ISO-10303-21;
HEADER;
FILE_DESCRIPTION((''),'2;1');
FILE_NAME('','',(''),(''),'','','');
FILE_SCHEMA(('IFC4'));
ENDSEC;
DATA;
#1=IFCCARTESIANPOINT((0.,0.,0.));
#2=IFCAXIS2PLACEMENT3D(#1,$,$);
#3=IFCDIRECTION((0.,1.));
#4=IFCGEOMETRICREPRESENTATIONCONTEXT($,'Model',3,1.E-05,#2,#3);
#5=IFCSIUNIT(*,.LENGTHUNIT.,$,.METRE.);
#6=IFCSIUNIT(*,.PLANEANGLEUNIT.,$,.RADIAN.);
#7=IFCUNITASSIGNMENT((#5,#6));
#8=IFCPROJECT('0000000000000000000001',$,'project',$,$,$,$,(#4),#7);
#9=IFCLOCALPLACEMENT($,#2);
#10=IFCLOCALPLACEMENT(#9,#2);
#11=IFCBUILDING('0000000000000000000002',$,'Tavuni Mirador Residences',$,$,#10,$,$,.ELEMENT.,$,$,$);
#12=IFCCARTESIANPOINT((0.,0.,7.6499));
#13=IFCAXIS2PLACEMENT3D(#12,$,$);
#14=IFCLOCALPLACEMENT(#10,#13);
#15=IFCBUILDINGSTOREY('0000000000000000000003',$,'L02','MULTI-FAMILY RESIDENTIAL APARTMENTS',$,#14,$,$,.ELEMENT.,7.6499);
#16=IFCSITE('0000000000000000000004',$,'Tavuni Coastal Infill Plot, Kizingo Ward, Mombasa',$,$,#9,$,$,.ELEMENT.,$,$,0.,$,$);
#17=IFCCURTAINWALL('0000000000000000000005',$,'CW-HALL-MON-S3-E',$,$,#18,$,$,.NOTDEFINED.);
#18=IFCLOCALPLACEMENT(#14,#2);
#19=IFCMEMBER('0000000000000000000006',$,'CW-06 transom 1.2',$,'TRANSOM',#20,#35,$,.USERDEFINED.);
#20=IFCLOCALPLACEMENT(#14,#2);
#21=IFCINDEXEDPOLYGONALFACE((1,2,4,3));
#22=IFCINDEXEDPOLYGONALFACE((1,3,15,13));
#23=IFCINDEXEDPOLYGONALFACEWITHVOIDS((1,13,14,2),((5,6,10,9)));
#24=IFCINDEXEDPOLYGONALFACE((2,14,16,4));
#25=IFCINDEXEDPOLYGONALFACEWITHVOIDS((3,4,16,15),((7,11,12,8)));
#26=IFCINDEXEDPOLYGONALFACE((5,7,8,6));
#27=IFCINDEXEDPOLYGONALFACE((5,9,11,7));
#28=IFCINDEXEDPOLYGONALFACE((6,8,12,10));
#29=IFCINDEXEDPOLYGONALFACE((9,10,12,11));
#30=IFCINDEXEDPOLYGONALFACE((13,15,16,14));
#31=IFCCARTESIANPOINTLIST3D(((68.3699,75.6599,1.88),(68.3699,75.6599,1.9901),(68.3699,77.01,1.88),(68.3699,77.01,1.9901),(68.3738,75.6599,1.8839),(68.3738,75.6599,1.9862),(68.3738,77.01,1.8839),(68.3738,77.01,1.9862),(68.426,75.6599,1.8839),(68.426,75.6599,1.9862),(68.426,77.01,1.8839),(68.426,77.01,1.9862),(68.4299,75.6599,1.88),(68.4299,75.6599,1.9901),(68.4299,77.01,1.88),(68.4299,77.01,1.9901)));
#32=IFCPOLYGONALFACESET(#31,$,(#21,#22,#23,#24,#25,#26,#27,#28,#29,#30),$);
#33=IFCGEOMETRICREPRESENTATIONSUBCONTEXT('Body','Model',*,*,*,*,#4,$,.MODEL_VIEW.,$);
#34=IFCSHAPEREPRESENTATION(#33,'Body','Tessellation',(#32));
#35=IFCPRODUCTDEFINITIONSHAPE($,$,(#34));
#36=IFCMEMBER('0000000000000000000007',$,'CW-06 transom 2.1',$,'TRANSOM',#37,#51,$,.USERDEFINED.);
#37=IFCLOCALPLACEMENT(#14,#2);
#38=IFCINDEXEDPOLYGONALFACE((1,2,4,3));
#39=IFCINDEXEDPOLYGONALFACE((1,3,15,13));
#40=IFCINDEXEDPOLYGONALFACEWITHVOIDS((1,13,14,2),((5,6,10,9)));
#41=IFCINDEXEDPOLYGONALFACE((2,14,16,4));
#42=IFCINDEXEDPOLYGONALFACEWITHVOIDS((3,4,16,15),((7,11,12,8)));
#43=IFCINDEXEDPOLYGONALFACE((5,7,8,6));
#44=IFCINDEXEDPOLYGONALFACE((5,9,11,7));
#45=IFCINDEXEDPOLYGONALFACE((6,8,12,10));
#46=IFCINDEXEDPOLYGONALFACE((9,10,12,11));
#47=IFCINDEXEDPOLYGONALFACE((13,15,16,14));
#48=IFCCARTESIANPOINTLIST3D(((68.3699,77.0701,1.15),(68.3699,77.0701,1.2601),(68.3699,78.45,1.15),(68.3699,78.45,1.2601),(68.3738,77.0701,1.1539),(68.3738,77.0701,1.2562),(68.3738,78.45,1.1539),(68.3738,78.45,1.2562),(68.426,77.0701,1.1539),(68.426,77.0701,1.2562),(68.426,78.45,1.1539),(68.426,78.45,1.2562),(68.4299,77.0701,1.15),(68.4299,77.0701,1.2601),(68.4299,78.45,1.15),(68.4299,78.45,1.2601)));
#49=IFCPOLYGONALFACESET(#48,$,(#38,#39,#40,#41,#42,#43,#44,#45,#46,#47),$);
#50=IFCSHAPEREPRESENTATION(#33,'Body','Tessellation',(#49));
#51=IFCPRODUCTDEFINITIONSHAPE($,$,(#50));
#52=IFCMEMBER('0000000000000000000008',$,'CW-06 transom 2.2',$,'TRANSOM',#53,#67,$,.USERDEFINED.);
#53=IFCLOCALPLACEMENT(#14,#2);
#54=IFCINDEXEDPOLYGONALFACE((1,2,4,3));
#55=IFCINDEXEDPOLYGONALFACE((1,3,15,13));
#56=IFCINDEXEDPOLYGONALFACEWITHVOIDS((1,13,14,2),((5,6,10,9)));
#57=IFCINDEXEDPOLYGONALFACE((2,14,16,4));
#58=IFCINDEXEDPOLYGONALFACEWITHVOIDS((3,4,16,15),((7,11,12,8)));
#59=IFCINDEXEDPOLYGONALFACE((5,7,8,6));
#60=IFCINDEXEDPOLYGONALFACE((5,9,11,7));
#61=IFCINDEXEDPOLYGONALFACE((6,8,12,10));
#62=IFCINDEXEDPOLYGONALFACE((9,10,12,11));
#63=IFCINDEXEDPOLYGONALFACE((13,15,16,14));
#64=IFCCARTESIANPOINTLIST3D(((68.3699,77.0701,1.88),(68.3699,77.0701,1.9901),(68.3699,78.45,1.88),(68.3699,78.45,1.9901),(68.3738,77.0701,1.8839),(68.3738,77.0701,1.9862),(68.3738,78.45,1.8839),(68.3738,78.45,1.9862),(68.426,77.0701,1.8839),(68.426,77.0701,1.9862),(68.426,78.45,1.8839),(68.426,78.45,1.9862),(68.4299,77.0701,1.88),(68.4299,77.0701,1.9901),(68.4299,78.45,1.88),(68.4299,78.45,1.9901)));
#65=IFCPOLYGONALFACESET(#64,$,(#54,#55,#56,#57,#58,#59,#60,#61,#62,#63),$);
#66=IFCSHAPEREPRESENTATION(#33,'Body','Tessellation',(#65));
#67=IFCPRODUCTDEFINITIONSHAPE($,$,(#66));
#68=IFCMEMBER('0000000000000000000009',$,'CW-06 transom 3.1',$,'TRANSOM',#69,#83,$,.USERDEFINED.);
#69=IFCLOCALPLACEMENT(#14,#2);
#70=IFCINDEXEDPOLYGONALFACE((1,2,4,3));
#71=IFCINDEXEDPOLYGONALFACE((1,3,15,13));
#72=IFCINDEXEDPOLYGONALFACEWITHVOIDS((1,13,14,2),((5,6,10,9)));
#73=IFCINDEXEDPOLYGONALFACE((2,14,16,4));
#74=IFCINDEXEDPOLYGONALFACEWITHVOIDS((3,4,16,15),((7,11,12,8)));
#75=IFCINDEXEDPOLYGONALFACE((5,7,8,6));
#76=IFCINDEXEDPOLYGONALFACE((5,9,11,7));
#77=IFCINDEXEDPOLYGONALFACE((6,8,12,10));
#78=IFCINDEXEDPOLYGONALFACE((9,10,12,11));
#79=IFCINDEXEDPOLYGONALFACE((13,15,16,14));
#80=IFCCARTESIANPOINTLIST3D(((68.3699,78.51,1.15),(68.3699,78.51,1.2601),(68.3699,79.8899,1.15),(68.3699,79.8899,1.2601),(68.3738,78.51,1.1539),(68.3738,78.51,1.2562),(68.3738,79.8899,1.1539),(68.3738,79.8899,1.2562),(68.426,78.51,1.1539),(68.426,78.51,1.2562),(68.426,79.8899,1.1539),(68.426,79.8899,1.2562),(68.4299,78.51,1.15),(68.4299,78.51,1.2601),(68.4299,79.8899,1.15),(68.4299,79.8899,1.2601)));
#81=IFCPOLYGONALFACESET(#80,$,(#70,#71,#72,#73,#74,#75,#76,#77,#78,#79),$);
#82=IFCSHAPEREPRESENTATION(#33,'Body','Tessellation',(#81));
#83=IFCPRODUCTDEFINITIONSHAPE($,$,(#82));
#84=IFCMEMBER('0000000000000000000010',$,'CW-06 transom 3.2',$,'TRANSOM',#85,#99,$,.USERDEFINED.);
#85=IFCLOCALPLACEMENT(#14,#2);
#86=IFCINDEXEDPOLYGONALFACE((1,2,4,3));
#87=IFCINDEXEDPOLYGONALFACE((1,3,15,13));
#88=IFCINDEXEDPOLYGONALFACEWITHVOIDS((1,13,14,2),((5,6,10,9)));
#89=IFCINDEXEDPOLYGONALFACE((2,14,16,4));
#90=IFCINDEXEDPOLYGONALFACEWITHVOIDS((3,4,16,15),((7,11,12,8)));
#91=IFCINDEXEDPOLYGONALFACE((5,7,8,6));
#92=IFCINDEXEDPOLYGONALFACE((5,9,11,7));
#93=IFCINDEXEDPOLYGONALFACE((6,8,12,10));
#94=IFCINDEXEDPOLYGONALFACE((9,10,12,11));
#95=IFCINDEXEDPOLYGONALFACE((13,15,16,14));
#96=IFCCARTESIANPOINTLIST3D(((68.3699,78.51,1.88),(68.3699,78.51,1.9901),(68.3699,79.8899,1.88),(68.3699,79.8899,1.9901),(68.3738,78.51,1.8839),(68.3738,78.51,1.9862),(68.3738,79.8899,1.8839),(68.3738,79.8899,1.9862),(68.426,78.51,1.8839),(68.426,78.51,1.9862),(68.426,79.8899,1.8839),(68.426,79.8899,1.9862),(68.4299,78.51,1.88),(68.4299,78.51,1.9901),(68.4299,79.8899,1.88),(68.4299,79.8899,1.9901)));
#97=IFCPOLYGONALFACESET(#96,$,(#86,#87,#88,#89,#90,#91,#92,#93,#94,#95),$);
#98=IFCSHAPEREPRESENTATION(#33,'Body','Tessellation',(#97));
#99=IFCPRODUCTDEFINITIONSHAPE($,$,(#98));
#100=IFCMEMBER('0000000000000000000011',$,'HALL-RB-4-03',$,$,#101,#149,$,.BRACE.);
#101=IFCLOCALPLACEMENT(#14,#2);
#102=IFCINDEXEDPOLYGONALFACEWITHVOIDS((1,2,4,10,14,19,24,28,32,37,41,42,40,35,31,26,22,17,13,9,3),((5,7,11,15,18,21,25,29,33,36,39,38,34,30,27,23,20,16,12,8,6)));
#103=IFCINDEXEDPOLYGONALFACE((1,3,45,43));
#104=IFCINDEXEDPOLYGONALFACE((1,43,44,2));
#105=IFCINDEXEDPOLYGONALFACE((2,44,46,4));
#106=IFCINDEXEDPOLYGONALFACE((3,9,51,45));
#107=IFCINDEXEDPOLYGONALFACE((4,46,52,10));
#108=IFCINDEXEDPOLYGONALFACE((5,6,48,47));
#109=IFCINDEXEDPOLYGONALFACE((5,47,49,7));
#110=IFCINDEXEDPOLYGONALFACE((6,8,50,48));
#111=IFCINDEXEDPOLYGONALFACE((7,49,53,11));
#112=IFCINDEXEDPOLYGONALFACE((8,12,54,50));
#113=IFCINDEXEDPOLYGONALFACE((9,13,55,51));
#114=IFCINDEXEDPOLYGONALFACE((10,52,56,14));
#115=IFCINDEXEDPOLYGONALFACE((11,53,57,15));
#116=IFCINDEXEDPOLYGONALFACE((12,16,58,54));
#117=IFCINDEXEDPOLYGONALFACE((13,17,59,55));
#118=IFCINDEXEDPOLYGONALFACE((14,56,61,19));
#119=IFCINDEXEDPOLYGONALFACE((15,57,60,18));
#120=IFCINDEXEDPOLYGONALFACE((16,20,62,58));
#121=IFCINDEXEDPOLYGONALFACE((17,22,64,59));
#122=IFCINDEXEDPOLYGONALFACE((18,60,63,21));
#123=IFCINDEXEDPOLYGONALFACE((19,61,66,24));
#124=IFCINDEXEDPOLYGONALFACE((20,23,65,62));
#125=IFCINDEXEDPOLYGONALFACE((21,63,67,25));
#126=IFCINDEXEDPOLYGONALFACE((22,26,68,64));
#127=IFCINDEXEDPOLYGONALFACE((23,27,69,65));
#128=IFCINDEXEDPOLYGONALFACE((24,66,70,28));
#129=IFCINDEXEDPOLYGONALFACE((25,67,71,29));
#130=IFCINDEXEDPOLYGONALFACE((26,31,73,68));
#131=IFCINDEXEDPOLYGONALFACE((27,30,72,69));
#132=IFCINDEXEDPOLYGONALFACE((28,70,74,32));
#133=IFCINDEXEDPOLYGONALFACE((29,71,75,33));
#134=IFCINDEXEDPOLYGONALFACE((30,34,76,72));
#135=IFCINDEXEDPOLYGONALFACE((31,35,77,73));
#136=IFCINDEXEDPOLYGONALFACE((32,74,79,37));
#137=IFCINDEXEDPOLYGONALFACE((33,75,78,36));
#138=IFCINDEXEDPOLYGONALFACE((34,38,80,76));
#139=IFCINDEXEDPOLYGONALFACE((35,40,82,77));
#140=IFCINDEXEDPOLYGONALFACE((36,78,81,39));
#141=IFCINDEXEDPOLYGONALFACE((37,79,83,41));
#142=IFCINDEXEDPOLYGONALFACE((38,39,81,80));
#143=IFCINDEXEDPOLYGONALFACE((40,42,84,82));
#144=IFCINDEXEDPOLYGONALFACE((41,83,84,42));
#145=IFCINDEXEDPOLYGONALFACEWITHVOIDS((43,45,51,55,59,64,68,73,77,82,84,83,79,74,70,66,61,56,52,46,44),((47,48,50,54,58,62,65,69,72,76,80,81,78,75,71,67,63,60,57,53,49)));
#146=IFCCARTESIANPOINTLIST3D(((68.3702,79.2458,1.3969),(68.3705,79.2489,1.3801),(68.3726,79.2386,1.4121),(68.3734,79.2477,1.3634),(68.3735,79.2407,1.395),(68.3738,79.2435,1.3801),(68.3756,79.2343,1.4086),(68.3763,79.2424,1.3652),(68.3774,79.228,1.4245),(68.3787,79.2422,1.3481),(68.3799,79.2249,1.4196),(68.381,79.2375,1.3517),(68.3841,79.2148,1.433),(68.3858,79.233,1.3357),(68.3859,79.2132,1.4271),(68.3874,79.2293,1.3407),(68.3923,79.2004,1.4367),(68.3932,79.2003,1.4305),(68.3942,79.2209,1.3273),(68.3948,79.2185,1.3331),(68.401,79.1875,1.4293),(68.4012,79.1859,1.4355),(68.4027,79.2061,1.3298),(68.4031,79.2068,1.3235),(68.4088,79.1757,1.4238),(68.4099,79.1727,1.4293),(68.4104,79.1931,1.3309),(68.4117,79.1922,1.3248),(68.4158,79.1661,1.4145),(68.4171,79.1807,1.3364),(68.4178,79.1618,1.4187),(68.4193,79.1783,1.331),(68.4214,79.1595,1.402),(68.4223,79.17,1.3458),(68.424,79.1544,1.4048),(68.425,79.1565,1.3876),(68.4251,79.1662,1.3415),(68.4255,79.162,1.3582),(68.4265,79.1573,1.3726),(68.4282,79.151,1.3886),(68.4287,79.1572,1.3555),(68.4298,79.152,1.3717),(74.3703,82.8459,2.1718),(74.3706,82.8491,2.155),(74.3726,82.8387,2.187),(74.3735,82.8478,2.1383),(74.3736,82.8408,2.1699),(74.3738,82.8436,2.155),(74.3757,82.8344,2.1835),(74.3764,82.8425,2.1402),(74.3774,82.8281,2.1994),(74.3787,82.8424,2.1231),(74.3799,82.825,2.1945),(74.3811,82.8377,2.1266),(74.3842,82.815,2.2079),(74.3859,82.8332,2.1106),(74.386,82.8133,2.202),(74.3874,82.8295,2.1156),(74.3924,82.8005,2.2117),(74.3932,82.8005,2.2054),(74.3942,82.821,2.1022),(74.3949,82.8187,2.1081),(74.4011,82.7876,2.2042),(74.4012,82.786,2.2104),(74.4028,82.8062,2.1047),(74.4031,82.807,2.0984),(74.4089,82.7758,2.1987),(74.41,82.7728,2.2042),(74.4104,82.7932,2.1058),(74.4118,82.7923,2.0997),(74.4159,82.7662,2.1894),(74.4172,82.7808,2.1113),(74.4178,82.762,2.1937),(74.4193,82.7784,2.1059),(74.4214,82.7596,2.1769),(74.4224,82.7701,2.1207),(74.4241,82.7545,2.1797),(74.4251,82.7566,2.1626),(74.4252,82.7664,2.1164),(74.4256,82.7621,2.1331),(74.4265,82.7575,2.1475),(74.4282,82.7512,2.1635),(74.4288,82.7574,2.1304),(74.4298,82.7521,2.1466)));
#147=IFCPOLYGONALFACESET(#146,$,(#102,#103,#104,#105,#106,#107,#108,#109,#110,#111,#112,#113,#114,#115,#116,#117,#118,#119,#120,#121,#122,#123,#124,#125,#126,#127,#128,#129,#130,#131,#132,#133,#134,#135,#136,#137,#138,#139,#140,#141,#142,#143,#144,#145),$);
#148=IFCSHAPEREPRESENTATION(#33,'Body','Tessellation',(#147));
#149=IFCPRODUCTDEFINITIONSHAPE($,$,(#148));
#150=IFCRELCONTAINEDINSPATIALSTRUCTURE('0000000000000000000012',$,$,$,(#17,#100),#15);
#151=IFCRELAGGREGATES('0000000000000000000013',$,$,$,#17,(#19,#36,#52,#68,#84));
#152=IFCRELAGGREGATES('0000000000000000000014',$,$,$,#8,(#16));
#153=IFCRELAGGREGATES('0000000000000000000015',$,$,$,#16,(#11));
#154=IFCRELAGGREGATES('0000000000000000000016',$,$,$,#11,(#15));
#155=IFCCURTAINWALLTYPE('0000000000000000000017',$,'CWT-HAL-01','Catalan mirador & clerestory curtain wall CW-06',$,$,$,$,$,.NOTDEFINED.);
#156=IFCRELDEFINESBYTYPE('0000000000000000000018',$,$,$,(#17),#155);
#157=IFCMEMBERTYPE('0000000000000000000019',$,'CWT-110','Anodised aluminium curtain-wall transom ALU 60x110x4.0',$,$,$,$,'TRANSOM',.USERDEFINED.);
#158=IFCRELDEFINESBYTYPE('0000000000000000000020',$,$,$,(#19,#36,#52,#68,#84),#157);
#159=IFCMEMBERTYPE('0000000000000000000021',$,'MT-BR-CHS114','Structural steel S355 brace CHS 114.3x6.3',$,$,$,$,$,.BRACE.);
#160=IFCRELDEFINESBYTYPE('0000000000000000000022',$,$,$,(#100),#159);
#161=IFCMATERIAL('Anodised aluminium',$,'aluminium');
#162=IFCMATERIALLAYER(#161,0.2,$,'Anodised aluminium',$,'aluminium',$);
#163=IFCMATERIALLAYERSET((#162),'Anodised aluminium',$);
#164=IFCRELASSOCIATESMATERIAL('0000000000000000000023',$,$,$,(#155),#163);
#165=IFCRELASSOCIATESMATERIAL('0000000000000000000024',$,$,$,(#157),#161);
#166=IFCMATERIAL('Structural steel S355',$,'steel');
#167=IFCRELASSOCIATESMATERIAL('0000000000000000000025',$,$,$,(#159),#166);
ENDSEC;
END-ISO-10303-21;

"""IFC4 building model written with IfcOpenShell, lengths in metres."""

from ifc_helpers import new_model, si_unit, direction, frame, origin, origin_2d, place, context, subcontext, project, spatial, hollow_rectangle, hollow_circle, extrude, material, layer, layer_set, material_profile, profile_set, type_object, element, aggregate, save


model = new_model("IFC4")

# Units and contexts
model_context = context("Model", 3, precision=1e-05, world=origin(), true_north=direction((0.0, 1.0)))
body_context = subcontext(model_context, "Body", "Model", "MODEL_VIEW")
ifc_project = project(units=[si_unit("LENGTHUNIT", "METRE"), si_unit("PLANEANGLEUNIT", "RADIAN")], contexts=[model_context])

# Site, building, storey
site_placement = place(None, origin())
site = spatial("IfcSite", under=ifc_project, at=site_placement, Name="Tavuni Coastal Infill Plot, Kizingo Ward, Mombasa", CompositionType="ELEMENT", RefElevation=0.0)
building_placement = place(site_placement, origin())
building = spatial("IfcBuilding", under=site, at=building_placement, Name="Tavuni Mirador Residences", CompositionType="ELEMENT")
storey_placement = place(building_placement, frame((0.0, 0.0, 7.6499)))
storey = spatial("IfcBuildingStorey", under=building, at=storey_placement, Name="L02", Description="MULTI-FAMILY RESIDENTIAL APARTMENTS", CompositionType="ELEMENT", Elevation=7.6499)

# Curtain wall
ifc_material_1 = material(Name="Anodised aluminium", Category="aluminium")
ifc_layer_1 = layer(ifc_material_1, 0.2, Name="Anodised aluminium", Category="aluminium")
ifc_layer_set_1 = layer_set([ifc_layer_1], Name="Anodised aluminium")
curtain_wall_type = type_object("IfcCurtainWallType", Name="CWT-HAL-01", Description="Catalan mirador & clerestory curtain wall CW-06", PredefinedType="NOTDEFINED", material=ifc_layer_set_1)
curtain_wall_1_placement = place(storey_placement, origin())
curtain_wall_1 = element("IfcCurtainWall", 1, at=curtain_wall_1_placement, inside=storey, type_object=curtain_wall_type, Name="CW-HALL-MON-S3-E", PredefinedType="NOTDEFINED")

# Members
ifc_material_profile_1 = material_profile(ifc_material_1, hollow_rectangle(XDim=0.0601, YDim=0.1101, WallThickness=0.0039, at=origin_2d()), Name="ALU 60x110x4.0", Category="aluminium")
ifc_profile_set_1 = profile_set([ifc_material_profile_1], Name="Anodised aluminium")
member_type_1 = type_object("IfcMemberType", Name="CWT-110", Description="Anodised aluminium curtain-wall transom ALU 60x110x4.0", ElementType="TRANSOM", PredefinedType="USERDEFINED", material=ifc_profile_set_1)
member_1_placement = place(storey_placement, frame((68.3999, 75.6599, 1.9351), z_axis=(0.0, 1.0, 0.0), x_axis=(-1.0, 0.0, 0.0)))
member_1 = element("IfcMember", 2, at=member_1_placement, type_object=member_type_1, Name="CW-06 transom 1.2", ObjectType="TRANSOM", PredefinedType="USERDEFINED", context=body_context, shape_type="SweptSolid", body=[
    extrude(hollow_rectangle(XDim=0.0601, YDim=0.1101, WallThickness=0.0039, at=origin_2d()), origin(), (0.0, 0.0, 1.0), 1.3501),
])
member_2_placement = place(storey_placement, frame((68.3999, 77.0701, 1.2051), z_axis=(0.0, 1.0, 0.0), x_axis=(-1.0, 0.0, 0.0)))
member_2 = element("IfcMember", 3, at=member_2_placement, type_object=member_type_1, Name="CW-06 transom 2.1", ObjectType="TRANSOM", PredefinedType="USERDEFINED", context=body_context, shape_type="SweptSolid", body=[
    extrude(hollow_rectangle(XDim=0.0601, YDim=0.1101, WallThickness=0.0039, at=origin_2d()), origin(), (0.0, 0.0, 1.0), 1.3799),
])
member_3_placement = place(storey_placement, frame((68.3999, 77.0701, 1.9351), z_axis=(0.0, 1.0, 0.0), x_axis=(-1.0, 0.0, 0.0)))
member_3 = element("IfcMember", 4, at=member_3_placement, type_object=member_type_1, Name="CW-06 transom 2.2", ObjectType="TRANSOM", PredefinedType="USERDEFINED", context=body_context, shape_type="SweptSolid", body=[
    extrude(hollow_rectangle(XDim=0.0601, YDim=0.1101, WallThickness=0.0039, at=origin_2d()), origin(), (0.0, 0.0, 1.0), 1.3799),
])
member_4_placement = place(storey_placement, frame((68.3999, 78.51, 1.2051), z_axis=(0.0, 1.0, 0.0), x_axis=(-1.0, 0.0, 0.0)))
member_4 = element("IfcMember", 5, at=member_4_placement, type_object=member_type_1, Name="CW-06 transom 3.1", ObjectType="TRANSOM", PredefinedType="USERDEFINED", context=body_context, shape_type="SweptSolid", body=[
    extrude(hollow_rectangle(XDim=0.0601, YDim=0.1101, WallThickness=0.0039, at=origin_2d()), origin(), (0.0, 0.0, 1.0), 1.3799),
])
member_5_placement = place(storey_placement, frame((68.3999, 78.51, 1.9351), z_axis=(0.0, 1.0, 0.0), x_axis=(-1.0, 0.0, 0.0)))
member_5 = element("IfcMember", 6, at=member_5_placement, type_object=member_type_1, Name="CW-06 transom 3.2", ObjectType="TRANSOM", PredefinedType="USERDEFINED", context=body_context, shape_type="SweptSolid", body=[
    extrude(hollow_rectangle(XDim=0.0601, YDim=0.1101, WallThickness=0.0039, at=origin_2d()), origin(), (0.0, 0.0, 1.0), 1.3799),
])

# Member
ifc_material_2 = material(Name="Structural steel S355", Category="steel")
ifc_material_profile_2 = material_profile(ifc_material_2, hollow_circle(Radius=0.0571, WallThickness=0.0063, at=origin_2d()), Name="CHS 114.3x6.3", Category="steel")
ifc_profile_set_2 = profile_set([ifc_material_profile_2], Name="Structural steel S355")
member_type_2 = type_object("IfcMemberType", Name="MT-BR-CHS114", Description="Structural steel S355 brace CHS 114.3x6.3", PredefinedType="BRACE", material=ifc_profile_set_2)
member_6_placement = place(storey_placement, frame((68.3999, 79.2, 1.3801), z_axis=(0.852276, 0.51138, 0.110072), x_axis=(-0.514506, 0.857487, 0.0)))
element("IfcMember", 7, at=member_6_placement, inside=storey, type_object=member_type_2, Name="HALL-RB-4-03", PredefinedType="BRACE", context=body_context, shape_type="SweptSolid", body=[
    extrude(hollow_circle(Radius=0.0571, WallThickness=0.0063, at=origin_2d()), origin(), (0.0, 0.0, 1.0), 7.04),
])

aggregate(curtain_wall_1, [member_1, member_2, member_3, member_4, member_5])

save(model, "model.ifc")
